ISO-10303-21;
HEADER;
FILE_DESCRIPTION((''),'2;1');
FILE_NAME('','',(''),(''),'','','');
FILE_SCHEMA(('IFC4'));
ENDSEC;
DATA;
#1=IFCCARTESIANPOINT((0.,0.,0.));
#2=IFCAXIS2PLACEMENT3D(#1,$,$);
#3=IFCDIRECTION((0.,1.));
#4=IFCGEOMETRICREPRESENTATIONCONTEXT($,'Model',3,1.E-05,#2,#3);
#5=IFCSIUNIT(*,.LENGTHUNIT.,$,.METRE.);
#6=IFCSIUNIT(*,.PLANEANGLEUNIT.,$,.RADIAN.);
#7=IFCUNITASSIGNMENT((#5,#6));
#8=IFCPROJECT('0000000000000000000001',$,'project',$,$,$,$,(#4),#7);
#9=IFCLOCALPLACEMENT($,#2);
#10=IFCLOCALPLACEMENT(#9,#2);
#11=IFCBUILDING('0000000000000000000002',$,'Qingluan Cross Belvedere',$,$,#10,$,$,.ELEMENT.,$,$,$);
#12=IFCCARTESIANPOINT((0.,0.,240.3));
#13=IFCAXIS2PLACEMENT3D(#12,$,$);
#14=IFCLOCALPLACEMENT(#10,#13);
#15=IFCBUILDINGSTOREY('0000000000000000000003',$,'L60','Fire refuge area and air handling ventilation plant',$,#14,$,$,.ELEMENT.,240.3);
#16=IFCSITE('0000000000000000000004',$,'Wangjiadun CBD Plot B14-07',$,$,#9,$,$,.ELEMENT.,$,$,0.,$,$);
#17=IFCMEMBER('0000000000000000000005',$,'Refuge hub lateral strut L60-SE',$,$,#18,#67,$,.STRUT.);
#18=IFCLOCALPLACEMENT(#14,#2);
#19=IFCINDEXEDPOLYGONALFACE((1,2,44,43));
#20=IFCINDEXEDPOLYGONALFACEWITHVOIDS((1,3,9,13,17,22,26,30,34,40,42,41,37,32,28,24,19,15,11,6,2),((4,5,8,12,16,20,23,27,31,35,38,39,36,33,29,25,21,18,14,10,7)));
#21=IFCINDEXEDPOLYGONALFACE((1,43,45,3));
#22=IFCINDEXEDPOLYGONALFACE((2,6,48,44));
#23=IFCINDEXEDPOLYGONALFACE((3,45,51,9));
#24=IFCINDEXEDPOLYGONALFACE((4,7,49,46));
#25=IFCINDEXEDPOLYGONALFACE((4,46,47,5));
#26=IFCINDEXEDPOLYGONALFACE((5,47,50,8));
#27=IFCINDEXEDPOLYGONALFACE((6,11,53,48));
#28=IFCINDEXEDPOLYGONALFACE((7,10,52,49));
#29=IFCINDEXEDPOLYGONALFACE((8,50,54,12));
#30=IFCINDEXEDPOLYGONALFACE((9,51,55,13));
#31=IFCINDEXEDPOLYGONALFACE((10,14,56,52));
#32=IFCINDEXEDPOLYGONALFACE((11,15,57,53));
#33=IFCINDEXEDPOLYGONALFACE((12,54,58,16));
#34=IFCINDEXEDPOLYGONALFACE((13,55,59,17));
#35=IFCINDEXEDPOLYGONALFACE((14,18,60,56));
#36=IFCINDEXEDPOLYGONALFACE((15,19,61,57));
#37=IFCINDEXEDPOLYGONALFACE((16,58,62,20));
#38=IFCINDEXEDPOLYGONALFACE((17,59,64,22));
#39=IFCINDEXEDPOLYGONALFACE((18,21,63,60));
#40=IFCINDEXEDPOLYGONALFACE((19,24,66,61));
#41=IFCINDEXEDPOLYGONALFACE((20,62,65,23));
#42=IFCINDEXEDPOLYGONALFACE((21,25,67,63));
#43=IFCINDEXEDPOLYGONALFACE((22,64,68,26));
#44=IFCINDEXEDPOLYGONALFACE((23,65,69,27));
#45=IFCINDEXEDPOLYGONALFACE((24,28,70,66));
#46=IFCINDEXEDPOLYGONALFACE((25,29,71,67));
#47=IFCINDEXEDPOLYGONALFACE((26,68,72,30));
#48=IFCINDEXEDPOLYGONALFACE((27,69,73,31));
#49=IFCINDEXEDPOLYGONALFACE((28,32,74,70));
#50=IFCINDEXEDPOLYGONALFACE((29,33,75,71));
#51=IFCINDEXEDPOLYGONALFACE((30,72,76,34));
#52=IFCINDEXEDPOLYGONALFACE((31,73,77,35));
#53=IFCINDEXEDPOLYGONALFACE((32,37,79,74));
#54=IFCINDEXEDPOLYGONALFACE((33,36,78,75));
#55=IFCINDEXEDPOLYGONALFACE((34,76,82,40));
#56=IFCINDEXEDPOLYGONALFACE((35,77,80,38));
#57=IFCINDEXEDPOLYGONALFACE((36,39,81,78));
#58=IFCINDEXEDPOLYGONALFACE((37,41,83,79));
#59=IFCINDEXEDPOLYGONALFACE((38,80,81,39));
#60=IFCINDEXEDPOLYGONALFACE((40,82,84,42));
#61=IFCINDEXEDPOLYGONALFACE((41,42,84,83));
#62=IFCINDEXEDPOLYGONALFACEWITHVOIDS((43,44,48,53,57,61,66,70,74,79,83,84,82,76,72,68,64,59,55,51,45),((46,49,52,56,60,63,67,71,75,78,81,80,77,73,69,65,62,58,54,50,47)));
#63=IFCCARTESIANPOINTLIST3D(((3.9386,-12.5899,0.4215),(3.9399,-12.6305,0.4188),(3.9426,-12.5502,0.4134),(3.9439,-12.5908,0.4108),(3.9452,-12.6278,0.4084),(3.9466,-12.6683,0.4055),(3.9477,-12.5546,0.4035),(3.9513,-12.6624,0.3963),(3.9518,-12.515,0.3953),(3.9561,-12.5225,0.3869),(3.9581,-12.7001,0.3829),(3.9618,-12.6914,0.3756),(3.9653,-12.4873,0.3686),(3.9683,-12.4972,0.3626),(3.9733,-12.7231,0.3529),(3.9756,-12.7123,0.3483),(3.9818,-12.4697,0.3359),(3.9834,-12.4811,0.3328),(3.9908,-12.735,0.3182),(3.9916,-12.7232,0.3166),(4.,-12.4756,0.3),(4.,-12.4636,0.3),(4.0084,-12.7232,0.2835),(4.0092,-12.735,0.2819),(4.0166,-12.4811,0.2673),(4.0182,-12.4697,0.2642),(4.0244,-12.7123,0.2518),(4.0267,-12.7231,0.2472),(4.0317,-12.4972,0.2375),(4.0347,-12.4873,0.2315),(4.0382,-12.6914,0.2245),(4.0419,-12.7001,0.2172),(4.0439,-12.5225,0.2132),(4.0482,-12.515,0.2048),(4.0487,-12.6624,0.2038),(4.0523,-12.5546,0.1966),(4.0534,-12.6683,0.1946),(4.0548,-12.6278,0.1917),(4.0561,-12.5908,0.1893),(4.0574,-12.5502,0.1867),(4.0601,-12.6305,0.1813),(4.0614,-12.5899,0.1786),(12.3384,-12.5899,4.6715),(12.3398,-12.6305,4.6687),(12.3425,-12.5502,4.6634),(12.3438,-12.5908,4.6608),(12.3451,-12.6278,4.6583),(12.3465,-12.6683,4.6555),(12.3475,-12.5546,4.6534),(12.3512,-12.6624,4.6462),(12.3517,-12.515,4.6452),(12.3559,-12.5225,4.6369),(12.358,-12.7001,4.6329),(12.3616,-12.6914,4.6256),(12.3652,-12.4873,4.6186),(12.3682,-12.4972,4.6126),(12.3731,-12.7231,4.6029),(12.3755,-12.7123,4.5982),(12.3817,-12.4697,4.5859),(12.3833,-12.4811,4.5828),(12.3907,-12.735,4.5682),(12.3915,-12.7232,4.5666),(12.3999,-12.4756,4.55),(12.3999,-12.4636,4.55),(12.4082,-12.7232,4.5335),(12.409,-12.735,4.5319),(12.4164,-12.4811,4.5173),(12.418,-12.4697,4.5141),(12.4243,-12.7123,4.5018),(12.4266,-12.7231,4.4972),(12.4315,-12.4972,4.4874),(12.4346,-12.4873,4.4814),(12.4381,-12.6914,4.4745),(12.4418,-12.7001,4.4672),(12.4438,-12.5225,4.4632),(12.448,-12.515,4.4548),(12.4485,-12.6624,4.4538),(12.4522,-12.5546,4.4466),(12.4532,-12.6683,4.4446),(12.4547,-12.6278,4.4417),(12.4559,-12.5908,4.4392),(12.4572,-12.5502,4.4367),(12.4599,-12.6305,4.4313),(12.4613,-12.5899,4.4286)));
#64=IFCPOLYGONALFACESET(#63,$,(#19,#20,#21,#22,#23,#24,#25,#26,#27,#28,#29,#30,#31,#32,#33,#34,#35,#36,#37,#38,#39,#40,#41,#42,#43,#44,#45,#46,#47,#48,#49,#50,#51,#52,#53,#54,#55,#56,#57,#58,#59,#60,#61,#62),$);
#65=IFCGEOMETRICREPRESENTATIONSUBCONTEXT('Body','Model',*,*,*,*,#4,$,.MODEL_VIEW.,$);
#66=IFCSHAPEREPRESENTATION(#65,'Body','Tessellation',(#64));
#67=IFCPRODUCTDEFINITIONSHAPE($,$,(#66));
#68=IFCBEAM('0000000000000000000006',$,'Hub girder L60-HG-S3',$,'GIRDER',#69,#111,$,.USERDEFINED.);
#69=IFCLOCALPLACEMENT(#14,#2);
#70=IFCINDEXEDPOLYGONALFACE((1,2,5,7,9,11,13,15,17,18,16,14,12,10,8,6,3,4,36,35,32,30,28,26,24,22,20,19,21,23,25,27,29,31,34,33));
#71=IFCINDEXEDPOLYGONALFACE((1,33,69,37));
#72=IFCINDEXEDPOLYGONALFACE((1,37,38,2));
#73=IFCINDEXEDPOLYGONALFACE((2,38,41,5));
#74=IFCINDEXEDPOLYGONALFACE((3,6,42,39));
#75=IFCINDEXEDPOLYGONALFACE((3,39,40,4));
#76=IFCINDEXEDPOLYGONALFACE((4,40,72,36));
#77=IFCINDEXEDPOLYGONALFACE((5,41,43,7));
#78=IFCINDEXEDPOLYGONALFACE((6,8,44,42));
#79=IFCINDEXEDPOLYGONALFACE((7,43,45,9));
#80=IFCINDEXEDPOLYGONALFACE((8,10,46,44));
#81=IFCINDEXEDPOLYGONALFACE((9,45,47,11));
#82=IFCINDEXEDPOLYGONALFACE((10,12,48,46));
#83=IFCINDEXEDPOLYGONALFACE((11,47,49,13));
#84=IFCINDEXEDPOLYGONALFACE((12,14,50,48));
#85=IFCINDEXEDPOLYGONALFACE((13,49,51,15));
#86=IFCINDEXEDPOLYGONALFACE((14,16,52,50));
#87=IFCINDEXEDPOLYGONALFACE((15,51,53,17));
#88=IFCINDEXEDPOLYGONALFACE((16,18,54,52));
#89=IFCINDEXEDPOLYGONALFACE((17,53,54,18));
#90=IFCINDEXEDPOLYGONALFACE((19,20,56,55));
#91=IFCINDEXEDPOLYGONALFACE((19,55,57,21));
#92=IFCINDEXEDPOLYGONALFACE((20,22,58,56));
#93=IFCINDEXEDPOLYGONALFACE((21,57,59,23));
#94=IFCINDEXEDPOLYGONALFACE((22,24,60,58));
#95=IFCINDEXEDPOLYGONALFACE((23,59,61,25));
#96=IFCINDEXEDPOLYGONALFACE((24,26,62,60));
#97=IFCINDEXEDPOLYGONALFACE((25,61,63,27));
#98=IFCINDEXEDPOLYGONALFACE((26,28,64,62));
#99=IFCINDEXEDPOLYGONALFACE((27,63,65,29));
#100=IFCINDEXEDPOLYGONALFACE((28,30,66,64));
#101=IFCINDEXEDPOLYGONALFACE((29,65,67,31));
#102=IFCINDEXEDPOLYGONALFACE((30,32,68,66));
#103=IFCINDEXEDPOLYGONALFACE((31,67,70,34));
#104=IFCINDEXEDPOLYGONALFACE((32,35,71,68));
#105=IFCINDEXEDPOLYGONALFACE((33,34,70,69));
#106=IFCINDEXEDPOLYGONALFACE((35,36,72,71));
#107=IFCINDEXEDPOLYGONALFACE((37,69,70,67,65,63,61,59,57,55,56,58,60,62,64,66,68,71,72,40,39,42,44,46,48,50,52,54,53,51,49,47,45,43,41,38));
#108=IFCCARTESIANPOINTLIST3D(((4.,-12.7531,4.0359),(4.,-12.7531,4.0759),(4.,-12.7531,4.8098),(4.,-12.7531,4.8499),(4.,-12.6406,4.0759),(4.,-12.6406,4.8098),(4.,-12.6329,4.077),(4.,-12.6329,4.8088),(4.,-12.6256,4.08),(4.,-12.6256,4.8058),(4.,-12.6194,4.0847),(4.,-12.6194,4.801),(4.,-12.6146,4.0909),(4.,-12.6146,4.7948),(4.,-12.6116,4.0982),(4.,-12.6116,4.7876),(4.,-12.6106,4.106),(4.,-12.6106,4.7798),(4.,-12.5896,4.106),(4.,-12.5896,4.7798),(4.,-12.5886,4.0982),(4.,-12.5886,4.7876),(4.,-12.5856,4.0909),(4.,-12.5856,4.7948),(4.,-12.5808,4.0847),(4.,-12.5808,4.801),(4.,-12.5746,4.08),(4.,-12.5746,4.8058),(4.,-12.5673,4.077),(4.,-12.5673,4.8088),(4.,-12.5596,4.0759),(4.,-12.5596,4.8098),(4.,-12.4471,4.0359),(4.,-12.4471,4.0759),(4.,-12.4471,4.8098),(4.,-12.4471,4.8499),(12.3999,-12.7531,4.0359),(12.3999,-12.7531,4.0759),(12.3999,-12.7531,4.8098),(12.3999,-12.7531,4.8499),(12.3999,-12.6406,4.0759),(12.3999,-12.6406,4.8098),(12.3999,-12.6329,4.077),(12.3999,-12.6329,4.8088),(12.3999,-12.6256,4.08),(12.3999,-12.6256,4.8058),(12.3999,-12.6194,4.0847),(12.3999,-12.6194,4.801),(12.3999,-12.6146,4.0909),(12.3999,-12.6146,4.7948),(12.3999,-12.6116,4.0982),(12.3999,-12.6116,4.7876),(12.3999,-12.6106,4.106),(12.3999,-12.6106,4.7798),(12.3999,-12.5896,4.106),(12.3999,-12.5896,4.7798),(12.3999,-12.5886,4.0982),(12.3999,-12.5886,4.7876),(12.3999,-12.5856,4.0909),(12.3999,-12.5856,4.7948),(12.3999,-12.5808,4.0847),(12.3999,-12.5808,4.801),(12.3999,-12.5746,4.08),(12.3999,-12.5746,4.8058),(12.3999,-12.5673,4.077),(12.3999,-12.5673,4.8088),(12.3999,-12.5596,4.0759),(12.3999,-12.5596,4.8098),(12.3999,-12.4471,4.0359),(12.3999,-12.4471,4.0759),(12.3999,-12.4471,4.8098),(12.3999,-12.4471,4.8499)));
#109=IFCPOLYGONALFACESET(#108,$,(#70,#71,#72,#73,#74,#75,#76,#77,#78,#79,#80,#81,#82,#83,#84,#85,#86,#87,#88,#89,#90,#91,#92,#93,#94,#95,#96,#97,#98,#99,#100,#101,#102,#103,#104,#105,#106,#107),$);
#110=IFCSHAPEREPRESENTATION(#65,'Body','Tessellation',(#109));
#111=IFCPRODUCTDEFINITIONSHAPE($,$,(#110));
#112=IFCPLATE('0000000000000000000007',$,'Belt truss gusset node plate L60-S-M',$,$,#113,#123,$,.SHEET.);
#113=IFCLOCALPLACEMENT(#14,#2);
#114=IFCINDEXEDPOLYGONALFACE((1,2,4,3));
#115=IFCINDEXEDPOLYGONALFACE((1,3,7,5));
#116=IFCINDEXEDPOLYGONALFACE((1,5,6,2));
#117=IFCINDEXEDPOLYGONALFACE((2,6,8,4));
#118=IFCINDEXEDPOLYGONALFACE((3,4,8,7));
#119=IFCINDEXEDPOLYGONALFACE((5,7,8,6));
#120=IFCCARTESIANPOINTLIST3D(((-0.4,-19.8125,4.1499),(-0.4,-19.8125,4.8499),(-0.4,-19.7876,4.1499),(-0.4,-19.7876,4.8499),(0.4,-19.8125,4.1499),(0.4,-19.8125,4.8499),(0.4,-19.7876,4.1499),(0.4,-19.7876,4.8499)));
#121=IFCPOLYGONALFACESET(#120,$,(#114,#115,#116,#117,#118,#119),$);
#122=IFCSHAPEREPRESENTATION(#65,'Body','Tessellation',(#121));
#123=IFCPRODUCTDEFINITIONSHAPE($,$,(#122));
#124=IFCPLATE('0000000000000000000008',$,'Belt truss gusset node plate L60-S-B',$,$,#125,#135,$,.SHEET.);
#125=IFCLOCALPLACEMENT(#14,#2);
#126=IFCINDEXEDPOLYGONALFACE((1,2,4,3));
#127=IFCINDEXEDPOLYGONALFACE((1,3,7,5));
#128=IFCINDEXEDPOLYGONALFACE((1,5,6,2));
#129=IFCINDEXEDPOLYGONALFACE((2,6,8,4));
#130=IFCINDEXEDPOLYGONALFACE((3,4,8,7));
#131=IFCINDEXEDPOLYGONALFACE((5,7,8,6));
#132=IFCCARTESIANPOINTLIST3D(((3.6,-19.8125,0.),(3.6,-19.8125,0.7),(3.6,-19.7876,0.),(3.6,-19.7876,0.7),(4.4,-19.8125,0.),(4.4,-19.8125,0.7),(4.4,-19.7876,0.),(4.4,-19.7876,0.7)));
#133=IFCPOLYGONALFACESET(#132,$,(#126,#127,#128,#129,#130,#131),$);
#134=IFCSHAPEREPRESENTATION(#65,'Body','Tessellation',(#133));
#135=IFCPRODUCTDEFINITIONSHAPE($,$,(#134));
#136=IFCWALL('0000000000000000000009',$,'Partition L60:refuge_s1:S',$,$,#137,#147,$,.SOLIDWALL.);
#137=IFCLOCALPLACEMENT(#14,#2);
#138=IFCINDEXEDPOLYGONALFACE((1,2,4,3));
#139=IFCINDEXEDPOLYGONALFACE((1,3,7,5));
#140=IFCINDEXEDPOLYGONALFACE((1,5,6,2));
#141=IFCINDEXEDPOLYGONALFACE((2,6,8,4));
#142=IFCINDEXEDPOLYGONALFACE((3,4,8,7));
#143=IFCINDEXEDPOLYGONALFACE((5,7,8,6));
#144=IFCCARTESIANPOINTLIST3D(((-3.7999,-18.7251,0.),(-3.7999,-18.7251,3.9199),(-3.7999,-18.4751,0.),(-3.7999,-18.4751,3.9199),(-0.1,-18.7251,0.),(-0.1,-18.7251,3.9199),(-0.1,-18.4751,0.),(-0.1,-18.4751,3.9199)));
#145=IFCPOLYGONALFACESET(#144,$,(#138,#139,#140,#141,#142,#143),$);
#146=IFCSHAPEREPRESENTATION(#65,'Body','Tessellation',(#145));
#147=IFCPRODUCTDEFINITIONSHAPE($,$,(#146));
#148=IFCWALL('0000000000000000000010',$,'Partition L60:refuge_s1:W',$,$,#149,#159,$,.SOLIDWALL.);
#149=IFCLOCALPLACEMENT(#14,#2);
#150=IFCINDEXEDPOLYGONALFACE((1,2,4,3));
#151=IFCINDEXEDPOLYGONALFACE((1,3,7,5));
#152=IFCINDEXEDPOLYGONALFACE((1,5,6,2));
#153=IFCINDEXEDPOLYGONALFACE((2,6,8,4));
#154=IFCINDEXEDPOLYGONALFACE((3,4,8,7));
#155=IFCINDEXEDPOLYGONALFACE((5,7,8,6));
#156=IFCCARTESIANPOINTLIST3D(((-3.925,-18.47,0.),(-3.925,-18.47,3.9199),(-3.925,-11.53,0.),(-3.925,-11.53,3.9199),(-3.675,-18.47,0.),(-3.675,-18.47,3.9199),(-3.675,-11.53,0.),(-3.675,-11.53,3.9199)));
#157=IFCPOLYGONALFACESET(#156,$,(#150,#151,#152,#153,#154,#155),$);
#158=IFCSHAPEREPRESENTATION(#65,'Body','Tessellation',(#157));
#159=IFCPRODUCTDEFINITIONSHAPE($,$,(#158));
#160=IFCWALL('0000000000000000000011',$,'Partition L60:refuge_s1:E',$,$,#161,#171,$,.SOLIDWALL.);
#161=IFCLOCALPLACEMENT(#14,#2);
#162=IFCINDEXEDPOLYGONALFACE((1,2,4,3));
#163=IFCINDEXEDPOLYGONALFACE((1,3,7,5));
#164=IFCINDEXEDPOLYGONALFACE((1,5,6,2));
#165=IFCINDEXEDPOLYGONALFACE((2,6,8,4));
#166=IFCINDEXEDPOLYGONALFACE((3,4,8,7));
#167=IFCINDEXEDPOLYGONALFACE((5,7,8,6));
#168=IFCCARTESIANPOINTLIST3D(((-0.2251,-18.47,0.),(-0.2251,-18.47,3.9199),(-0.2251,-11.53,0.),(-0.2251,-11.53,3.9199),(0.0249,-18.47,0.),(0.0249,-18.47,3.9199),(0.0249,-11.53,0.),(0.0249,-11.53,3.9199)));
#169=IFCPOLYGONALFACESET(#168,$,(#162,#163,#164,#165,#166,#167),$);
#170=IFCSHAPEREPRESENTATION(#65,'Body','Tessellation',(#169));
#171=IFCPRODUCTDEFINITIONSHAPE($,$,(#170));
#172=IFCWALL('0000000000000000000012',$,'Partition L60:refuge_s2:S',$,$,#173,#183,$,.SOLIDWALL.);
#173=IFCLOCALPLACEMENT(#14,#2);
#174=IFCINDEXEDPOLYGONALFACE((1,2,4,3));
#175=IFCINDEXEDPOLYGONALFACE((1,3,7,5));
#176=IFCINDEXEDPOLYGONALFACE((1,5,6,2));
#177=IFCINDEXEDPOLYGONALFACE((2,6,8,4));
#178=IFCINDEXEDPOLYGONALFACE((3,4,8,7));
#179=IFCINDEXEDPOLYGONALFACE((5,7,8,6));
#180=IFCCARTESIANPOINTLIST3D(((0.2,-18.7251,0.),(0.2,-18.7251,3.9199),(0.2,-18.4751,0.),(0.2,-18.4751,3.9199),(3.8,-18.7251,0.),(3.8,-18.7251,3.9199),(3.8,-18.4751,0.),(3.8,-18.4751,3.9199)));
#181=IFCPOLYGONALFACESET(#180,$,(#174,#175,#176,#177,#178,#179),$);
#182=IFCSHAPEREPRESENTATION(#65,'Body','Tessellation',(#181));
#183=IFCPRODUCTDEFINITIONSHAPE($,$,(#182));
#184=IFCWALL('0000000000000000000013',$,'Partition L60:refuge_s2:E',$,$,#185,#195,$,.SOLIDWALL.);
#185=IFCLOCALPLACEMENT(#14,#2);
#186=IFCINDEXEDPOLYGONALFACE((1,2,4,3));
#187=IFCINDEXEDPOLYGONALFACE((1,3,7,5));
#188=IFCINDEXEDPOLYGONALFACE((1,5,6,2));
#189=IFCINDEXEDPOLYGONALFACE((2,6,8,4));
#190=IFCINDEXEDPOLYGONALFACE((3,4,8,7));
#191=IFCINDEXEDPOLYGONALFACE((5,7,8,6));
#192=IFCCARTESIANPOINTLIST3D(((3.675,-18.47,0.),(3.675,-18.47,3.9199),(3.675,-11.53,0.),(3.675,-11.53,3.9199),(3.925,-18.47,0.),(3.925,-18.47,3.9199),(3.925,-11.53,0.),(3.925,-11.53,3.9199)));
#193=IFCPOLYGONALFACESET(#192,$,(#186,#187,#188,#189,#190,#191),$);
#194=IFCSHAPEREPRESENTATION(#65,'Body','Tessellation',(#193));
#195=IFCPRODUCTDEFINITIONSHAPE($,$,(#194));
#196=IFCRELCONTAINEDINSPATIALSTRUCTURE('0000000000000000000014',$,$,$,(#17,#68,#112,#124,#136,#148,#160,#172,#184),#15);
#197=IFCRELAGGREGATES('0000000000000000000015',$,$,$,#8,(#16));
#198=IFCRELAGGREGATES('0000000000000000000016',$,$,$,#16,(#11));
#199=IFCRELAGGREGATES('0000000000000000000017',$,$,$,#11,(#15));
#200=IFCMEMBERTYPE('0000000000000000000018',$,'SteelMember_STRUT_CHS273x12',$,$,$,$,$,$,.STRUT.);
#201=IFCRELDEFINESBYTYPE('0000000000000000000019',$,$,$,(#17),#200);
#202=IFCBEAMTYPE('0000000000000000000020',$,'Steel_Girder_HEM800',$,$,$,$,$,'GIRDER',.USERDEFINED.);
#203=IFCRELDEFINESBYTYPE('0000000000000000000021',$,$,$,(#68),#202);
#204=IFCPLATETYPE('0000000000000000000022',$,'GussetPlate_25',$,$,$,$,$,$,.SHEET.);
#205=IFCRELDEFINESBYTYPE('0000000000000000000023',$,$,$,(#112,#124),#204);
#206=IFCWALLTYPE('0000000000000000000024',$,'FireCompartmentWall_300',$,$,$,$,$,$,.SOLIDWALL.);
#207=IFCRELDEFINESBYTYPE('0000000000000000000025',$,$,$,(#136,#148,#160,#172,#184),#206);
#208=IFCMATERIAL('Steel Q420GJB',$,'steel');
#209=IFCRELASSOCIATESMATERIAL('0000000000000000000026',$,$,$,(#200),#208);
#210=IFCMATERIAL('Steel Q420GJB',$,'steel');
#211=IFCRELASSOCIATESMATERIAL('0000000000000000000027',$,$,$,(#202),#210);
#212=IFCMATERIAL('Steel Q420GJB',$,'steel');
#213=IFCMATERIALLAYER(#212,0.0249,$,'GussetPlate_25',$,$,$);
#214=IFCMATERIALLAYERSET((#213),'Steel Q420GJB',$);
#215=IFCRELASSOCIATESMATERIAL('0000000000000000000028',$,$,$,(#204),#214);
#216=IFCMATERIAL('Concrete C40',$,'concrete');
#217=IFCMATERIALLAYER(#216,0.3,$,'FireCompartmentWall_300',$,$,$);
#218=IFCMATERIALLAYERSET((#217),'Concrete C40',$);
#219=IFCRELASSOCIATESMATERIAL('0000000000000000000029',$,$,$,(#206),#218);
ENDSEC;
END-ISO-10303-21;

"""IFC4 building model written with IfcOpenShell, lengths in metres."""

from ifc_helpers import new_model, si_unit, direction, frame, frame_2d, origin, origin_2d, place, context, subcontext, project, spatial, rectangle, hollow_circle, i_section, extrude, material, layer, layer_set, material_profile, profile_set, type_object, element, save


model = new_model("IFC4")

# Units and contexts
model_context = context("Model", 3, precision=1e-05, world=origin(), true_north=direction((0.0, 1.0)))
body_context = subcontext(model_context, "Body", "Model", "MODEL_VIEW")
ifc_project = project(units=[si_unit("LENGTHUNIT", "METRE"), si_unit("PLANEANGLEUNIT", "RADIAN")], contexts=[model_context])

# Site, building, storey
site_placement = place(None, origin())
site = spatial("IfcSite", under=ifc_project, at=site_placement, Name="Wangjiadun CBD Plot B14-07", CompositionType="ELEMENT", RefElevation=0.0)
building_placement = place(site_placement, origin())
building = spatial("IfcBuilding", under=site, at=building_placement, Name="Qingluan Cross Belvedere", CompositionType="ELEMENT")
storey_placement = place(building_placement, frame((0.0, 0.0, 240.3)))
storey = spatial("IfcBuildingStorey", under=building, at=storey_placement, Name="L60", Description="Fire refuge area and air handling ventilation plant", CompositionType="ELEMENT", Elevation=240.3)

# Member
ifc_material_1 = material(Name="Steel Q420GJB", Category="steel")
ifc_material_profile_1 = material_profile(ifc_material_1, hollow_circle(Radius=0.1365, WallThickness=0.012, at=origin_2d()), Name="CHS273x12")
ifc_profile_set_1 = profile_set([ifc_material_profile_1], Name="Steel Q420GJB")
member_type_1 = type_object("IfcMemberType", Name="SteelMember_STRUT_CHS273x12", PredefinedType="STRUT", material=ifc_profile_set_1)
member_1_placement = place(storey_placement, frame((4.0, -12.6001, 0.3), z_axis=(0.89229, 0.0, 0.451462), x_axis=(0.0, 1.0, 0.0)))
element("IfcMember", 1, at=member_1_placement, inside=storey, type_object=member_type_1, Name="Refuge hub lateral strut L60-SE", PredefinedType="STRUT", context=body_context, shape_type="SweptSolid", body=[
    extrude(hollow_circle(Radius=0.1365, WallThickness=0.012, at=origin_2d()), origin(), (0.0, 0.0, 1.0), 9.4138),
])

# Beam
ifc_material_2 = material(Name="Steel Q420GJB", Category="steel")
ifc_material_profile_2 = material_profile(ifc_material_2, i_section(OverallWidth=0.3059, OverallDepth=0.814, WebThickness=0.021, FlangeThickness=0.04, FilletRadius=0.03, at=origin_2d()), Name="HEM800")
ifc_profile_set_2 = profile_set([ifc_material_profile_2], Name="Steel Q420GJB")
beam_type = type_object("IfcBeamType", Name="Steel_Girder_HEM800", ElementType="GIRDER", PredefinedType="USERDEFINED", material=ifc_profile_set_2)
beam_placement = place(storey_placement, frame((4.0, -12.6001, 4.4429), z_axis=(1.0, 0.0, 0.0), x_axis=(0.0, 1.0, 0.0)))
element("IfcBeam", 2, at=beam_placement, inside=storey, type_object=beam_type, Name="Hub girder L60-HG-S3", ObjectType="GIRDER", PredefinedType="USERDEFINED", context=body_context, shape_type="SweptSolid", body=[
    extrude(i_section(OverallWidth=0.3059, OverallDepth=0.814, WebThickness=0.021, FlangeThickness=0.04, FilletRadius=0.03, at=origin_2d()), origin(), (0.0, 0.0, 1.0), 8.3999),
])

# Plates
ifc_material_3 = material(Name="Steel Q420GJB", Category="steel")
ifc_layer_1 = layer(ifc_material_3, 0.0249, Name="GussetPlate_25")
ifc_layer_set_1 = layer_set([ifc_layer_1], Name="Steel Q420GJB")
plate_type = type_object("IfcPlateType", Name="GussetPlate_25", PredefinedType="SHEET", material=ifc_layer_set_1)
for number, where, z_axis, x_axis, name in (
    (3, (0.0, -19.8, 4.1499), (0.0, 0.0, 1.0), (1.0, 0.0, 0.0), "Belt truss gusset node plate L60-S-M"),
    (4, (4.0, -19.8, 0.0), (0.0, 0.0, 1.0), (1.0, 0.0, 0.0), "Belt truss gusset node plate L60-S-B"),
):
    element("IfcPlate", number, at=place(storey_placement, frame(where, z_axis=z_axis, x_axis=x_axis)), inside=storey, type_object=plate_type, Name=name, PredefinedType="SHEET", context=body_context, shape_type="SweptSolid", body=[
        extrude(rectangle(XDim=0.8, YDim=0.0249, at=origin_2d()), origin(), (0.0, 0.0, 1.0), 0.7),
    ])

# Walls
ifc_material_4 = material(Name="Concrete C40", Category="concrete")
ifc_layer_2 = layer(ifc_material_4, 0.3, Name="FireCompartmentWall_300")
ifc_layer_set_2 = layer_set([ifc_layer_2], Name="Concrete C40")
wall_type_1 = type_object("IfcWallType", Name="FireCompartmentWall_300", PredefinedType="SOLIDWALL", material=ifc_layer_set_2)
wall_1_placement = place(storey_placement, frame((-3.8, -18.6001, 0.0), z_axis=(0.0, 0.0, 1.0), x_axis=(1.0, 0.0, 0.0)))
element("IfcWall", 5, at=wall_1_placement, inside=storey, type_object=wall_type_1, Name="Partition L60:refuge_s1:S", PredefinedType="SOLIDWALL", context=body_context, shape_type="SweptSolid", body=[
    extrude(rectangle(XDim=3.7, YDim=0.25, at=frame_2d((1.8501, 0.0))), origin(), (0.0, 0.0, 1.0), 3.9199),
])
for number, where, z_axis, x_axis, name in (
    (6, (-3.8, -18.47, 0.0), (0.0, 0.0, 1.0), (0.0, 1.0, 0.0), "Partition L60:refuge_s1:W"),
    (7, (-0.1001, -18.47, 0.0), (0.0, 0.0, 1.0), (0.0, 1.0, 0.0), "Partition L60:refuge_s1:E"),
):
    element("IfcWall", number, at=place(storey_placement, frame(where, z_axis=z_axis, x_axis=x_axis)), inside=storey, type_object=wall_type_1, Name=name, PredefinedType="SOLIDWALL", context=body_context, shape_type="SweptSolid", body=[
        extrude(rectangle(XDim=6.9399, YDim=0.25, at=frame_2d((3.47, 0.0))), origin(), (0.0, 0.0, 1.0), 3.9199),
    ])
wall_2_placement = place(storey_placement, frame((0.2, -18.6001, 0.0), z_axis=(0.0, 0.0, 1.0), x_axis=(1.0, 0.0, 0.0)))
element("IfcWall", 8, at=wall_2_placement, inside=storey, type_object=wall_type_1, Name="Partition L60:refuge_s2:S", PredefinedType="SOLIDWALL", context=body_context, shape_type="SweptSolid", body=[
    extrude(rectangle(XDim=3.6001, YDim=0.25, at=frame_2d((1.8, 0.0))), origin(), (0.0, 0.0, 1.0), 3.9199),
])
wall_3_placement = place(storey_placement, frame((3.8, -18.47, 0.0), z_axis=(0.0, 0.0, 1.0), x_axis=(0.0, 1.0, 0.0)))
element("IfcWall", 9, at=wall_3_placement, inside=storey, type_object=wall_type_1, Name="Partition L60:refuge_s2:E", PredefinedType="SOLIDWALL", context=body_context, shape_type="SweptSolid", body=[
    extrude(rectangle(XDim=6.9399, YDim=0.25, at=frame_2d((3.47, 0.0))), origin(), (0.0, 0.0, 1.0), 3.9199),
])

save(model, "model.ifc")
